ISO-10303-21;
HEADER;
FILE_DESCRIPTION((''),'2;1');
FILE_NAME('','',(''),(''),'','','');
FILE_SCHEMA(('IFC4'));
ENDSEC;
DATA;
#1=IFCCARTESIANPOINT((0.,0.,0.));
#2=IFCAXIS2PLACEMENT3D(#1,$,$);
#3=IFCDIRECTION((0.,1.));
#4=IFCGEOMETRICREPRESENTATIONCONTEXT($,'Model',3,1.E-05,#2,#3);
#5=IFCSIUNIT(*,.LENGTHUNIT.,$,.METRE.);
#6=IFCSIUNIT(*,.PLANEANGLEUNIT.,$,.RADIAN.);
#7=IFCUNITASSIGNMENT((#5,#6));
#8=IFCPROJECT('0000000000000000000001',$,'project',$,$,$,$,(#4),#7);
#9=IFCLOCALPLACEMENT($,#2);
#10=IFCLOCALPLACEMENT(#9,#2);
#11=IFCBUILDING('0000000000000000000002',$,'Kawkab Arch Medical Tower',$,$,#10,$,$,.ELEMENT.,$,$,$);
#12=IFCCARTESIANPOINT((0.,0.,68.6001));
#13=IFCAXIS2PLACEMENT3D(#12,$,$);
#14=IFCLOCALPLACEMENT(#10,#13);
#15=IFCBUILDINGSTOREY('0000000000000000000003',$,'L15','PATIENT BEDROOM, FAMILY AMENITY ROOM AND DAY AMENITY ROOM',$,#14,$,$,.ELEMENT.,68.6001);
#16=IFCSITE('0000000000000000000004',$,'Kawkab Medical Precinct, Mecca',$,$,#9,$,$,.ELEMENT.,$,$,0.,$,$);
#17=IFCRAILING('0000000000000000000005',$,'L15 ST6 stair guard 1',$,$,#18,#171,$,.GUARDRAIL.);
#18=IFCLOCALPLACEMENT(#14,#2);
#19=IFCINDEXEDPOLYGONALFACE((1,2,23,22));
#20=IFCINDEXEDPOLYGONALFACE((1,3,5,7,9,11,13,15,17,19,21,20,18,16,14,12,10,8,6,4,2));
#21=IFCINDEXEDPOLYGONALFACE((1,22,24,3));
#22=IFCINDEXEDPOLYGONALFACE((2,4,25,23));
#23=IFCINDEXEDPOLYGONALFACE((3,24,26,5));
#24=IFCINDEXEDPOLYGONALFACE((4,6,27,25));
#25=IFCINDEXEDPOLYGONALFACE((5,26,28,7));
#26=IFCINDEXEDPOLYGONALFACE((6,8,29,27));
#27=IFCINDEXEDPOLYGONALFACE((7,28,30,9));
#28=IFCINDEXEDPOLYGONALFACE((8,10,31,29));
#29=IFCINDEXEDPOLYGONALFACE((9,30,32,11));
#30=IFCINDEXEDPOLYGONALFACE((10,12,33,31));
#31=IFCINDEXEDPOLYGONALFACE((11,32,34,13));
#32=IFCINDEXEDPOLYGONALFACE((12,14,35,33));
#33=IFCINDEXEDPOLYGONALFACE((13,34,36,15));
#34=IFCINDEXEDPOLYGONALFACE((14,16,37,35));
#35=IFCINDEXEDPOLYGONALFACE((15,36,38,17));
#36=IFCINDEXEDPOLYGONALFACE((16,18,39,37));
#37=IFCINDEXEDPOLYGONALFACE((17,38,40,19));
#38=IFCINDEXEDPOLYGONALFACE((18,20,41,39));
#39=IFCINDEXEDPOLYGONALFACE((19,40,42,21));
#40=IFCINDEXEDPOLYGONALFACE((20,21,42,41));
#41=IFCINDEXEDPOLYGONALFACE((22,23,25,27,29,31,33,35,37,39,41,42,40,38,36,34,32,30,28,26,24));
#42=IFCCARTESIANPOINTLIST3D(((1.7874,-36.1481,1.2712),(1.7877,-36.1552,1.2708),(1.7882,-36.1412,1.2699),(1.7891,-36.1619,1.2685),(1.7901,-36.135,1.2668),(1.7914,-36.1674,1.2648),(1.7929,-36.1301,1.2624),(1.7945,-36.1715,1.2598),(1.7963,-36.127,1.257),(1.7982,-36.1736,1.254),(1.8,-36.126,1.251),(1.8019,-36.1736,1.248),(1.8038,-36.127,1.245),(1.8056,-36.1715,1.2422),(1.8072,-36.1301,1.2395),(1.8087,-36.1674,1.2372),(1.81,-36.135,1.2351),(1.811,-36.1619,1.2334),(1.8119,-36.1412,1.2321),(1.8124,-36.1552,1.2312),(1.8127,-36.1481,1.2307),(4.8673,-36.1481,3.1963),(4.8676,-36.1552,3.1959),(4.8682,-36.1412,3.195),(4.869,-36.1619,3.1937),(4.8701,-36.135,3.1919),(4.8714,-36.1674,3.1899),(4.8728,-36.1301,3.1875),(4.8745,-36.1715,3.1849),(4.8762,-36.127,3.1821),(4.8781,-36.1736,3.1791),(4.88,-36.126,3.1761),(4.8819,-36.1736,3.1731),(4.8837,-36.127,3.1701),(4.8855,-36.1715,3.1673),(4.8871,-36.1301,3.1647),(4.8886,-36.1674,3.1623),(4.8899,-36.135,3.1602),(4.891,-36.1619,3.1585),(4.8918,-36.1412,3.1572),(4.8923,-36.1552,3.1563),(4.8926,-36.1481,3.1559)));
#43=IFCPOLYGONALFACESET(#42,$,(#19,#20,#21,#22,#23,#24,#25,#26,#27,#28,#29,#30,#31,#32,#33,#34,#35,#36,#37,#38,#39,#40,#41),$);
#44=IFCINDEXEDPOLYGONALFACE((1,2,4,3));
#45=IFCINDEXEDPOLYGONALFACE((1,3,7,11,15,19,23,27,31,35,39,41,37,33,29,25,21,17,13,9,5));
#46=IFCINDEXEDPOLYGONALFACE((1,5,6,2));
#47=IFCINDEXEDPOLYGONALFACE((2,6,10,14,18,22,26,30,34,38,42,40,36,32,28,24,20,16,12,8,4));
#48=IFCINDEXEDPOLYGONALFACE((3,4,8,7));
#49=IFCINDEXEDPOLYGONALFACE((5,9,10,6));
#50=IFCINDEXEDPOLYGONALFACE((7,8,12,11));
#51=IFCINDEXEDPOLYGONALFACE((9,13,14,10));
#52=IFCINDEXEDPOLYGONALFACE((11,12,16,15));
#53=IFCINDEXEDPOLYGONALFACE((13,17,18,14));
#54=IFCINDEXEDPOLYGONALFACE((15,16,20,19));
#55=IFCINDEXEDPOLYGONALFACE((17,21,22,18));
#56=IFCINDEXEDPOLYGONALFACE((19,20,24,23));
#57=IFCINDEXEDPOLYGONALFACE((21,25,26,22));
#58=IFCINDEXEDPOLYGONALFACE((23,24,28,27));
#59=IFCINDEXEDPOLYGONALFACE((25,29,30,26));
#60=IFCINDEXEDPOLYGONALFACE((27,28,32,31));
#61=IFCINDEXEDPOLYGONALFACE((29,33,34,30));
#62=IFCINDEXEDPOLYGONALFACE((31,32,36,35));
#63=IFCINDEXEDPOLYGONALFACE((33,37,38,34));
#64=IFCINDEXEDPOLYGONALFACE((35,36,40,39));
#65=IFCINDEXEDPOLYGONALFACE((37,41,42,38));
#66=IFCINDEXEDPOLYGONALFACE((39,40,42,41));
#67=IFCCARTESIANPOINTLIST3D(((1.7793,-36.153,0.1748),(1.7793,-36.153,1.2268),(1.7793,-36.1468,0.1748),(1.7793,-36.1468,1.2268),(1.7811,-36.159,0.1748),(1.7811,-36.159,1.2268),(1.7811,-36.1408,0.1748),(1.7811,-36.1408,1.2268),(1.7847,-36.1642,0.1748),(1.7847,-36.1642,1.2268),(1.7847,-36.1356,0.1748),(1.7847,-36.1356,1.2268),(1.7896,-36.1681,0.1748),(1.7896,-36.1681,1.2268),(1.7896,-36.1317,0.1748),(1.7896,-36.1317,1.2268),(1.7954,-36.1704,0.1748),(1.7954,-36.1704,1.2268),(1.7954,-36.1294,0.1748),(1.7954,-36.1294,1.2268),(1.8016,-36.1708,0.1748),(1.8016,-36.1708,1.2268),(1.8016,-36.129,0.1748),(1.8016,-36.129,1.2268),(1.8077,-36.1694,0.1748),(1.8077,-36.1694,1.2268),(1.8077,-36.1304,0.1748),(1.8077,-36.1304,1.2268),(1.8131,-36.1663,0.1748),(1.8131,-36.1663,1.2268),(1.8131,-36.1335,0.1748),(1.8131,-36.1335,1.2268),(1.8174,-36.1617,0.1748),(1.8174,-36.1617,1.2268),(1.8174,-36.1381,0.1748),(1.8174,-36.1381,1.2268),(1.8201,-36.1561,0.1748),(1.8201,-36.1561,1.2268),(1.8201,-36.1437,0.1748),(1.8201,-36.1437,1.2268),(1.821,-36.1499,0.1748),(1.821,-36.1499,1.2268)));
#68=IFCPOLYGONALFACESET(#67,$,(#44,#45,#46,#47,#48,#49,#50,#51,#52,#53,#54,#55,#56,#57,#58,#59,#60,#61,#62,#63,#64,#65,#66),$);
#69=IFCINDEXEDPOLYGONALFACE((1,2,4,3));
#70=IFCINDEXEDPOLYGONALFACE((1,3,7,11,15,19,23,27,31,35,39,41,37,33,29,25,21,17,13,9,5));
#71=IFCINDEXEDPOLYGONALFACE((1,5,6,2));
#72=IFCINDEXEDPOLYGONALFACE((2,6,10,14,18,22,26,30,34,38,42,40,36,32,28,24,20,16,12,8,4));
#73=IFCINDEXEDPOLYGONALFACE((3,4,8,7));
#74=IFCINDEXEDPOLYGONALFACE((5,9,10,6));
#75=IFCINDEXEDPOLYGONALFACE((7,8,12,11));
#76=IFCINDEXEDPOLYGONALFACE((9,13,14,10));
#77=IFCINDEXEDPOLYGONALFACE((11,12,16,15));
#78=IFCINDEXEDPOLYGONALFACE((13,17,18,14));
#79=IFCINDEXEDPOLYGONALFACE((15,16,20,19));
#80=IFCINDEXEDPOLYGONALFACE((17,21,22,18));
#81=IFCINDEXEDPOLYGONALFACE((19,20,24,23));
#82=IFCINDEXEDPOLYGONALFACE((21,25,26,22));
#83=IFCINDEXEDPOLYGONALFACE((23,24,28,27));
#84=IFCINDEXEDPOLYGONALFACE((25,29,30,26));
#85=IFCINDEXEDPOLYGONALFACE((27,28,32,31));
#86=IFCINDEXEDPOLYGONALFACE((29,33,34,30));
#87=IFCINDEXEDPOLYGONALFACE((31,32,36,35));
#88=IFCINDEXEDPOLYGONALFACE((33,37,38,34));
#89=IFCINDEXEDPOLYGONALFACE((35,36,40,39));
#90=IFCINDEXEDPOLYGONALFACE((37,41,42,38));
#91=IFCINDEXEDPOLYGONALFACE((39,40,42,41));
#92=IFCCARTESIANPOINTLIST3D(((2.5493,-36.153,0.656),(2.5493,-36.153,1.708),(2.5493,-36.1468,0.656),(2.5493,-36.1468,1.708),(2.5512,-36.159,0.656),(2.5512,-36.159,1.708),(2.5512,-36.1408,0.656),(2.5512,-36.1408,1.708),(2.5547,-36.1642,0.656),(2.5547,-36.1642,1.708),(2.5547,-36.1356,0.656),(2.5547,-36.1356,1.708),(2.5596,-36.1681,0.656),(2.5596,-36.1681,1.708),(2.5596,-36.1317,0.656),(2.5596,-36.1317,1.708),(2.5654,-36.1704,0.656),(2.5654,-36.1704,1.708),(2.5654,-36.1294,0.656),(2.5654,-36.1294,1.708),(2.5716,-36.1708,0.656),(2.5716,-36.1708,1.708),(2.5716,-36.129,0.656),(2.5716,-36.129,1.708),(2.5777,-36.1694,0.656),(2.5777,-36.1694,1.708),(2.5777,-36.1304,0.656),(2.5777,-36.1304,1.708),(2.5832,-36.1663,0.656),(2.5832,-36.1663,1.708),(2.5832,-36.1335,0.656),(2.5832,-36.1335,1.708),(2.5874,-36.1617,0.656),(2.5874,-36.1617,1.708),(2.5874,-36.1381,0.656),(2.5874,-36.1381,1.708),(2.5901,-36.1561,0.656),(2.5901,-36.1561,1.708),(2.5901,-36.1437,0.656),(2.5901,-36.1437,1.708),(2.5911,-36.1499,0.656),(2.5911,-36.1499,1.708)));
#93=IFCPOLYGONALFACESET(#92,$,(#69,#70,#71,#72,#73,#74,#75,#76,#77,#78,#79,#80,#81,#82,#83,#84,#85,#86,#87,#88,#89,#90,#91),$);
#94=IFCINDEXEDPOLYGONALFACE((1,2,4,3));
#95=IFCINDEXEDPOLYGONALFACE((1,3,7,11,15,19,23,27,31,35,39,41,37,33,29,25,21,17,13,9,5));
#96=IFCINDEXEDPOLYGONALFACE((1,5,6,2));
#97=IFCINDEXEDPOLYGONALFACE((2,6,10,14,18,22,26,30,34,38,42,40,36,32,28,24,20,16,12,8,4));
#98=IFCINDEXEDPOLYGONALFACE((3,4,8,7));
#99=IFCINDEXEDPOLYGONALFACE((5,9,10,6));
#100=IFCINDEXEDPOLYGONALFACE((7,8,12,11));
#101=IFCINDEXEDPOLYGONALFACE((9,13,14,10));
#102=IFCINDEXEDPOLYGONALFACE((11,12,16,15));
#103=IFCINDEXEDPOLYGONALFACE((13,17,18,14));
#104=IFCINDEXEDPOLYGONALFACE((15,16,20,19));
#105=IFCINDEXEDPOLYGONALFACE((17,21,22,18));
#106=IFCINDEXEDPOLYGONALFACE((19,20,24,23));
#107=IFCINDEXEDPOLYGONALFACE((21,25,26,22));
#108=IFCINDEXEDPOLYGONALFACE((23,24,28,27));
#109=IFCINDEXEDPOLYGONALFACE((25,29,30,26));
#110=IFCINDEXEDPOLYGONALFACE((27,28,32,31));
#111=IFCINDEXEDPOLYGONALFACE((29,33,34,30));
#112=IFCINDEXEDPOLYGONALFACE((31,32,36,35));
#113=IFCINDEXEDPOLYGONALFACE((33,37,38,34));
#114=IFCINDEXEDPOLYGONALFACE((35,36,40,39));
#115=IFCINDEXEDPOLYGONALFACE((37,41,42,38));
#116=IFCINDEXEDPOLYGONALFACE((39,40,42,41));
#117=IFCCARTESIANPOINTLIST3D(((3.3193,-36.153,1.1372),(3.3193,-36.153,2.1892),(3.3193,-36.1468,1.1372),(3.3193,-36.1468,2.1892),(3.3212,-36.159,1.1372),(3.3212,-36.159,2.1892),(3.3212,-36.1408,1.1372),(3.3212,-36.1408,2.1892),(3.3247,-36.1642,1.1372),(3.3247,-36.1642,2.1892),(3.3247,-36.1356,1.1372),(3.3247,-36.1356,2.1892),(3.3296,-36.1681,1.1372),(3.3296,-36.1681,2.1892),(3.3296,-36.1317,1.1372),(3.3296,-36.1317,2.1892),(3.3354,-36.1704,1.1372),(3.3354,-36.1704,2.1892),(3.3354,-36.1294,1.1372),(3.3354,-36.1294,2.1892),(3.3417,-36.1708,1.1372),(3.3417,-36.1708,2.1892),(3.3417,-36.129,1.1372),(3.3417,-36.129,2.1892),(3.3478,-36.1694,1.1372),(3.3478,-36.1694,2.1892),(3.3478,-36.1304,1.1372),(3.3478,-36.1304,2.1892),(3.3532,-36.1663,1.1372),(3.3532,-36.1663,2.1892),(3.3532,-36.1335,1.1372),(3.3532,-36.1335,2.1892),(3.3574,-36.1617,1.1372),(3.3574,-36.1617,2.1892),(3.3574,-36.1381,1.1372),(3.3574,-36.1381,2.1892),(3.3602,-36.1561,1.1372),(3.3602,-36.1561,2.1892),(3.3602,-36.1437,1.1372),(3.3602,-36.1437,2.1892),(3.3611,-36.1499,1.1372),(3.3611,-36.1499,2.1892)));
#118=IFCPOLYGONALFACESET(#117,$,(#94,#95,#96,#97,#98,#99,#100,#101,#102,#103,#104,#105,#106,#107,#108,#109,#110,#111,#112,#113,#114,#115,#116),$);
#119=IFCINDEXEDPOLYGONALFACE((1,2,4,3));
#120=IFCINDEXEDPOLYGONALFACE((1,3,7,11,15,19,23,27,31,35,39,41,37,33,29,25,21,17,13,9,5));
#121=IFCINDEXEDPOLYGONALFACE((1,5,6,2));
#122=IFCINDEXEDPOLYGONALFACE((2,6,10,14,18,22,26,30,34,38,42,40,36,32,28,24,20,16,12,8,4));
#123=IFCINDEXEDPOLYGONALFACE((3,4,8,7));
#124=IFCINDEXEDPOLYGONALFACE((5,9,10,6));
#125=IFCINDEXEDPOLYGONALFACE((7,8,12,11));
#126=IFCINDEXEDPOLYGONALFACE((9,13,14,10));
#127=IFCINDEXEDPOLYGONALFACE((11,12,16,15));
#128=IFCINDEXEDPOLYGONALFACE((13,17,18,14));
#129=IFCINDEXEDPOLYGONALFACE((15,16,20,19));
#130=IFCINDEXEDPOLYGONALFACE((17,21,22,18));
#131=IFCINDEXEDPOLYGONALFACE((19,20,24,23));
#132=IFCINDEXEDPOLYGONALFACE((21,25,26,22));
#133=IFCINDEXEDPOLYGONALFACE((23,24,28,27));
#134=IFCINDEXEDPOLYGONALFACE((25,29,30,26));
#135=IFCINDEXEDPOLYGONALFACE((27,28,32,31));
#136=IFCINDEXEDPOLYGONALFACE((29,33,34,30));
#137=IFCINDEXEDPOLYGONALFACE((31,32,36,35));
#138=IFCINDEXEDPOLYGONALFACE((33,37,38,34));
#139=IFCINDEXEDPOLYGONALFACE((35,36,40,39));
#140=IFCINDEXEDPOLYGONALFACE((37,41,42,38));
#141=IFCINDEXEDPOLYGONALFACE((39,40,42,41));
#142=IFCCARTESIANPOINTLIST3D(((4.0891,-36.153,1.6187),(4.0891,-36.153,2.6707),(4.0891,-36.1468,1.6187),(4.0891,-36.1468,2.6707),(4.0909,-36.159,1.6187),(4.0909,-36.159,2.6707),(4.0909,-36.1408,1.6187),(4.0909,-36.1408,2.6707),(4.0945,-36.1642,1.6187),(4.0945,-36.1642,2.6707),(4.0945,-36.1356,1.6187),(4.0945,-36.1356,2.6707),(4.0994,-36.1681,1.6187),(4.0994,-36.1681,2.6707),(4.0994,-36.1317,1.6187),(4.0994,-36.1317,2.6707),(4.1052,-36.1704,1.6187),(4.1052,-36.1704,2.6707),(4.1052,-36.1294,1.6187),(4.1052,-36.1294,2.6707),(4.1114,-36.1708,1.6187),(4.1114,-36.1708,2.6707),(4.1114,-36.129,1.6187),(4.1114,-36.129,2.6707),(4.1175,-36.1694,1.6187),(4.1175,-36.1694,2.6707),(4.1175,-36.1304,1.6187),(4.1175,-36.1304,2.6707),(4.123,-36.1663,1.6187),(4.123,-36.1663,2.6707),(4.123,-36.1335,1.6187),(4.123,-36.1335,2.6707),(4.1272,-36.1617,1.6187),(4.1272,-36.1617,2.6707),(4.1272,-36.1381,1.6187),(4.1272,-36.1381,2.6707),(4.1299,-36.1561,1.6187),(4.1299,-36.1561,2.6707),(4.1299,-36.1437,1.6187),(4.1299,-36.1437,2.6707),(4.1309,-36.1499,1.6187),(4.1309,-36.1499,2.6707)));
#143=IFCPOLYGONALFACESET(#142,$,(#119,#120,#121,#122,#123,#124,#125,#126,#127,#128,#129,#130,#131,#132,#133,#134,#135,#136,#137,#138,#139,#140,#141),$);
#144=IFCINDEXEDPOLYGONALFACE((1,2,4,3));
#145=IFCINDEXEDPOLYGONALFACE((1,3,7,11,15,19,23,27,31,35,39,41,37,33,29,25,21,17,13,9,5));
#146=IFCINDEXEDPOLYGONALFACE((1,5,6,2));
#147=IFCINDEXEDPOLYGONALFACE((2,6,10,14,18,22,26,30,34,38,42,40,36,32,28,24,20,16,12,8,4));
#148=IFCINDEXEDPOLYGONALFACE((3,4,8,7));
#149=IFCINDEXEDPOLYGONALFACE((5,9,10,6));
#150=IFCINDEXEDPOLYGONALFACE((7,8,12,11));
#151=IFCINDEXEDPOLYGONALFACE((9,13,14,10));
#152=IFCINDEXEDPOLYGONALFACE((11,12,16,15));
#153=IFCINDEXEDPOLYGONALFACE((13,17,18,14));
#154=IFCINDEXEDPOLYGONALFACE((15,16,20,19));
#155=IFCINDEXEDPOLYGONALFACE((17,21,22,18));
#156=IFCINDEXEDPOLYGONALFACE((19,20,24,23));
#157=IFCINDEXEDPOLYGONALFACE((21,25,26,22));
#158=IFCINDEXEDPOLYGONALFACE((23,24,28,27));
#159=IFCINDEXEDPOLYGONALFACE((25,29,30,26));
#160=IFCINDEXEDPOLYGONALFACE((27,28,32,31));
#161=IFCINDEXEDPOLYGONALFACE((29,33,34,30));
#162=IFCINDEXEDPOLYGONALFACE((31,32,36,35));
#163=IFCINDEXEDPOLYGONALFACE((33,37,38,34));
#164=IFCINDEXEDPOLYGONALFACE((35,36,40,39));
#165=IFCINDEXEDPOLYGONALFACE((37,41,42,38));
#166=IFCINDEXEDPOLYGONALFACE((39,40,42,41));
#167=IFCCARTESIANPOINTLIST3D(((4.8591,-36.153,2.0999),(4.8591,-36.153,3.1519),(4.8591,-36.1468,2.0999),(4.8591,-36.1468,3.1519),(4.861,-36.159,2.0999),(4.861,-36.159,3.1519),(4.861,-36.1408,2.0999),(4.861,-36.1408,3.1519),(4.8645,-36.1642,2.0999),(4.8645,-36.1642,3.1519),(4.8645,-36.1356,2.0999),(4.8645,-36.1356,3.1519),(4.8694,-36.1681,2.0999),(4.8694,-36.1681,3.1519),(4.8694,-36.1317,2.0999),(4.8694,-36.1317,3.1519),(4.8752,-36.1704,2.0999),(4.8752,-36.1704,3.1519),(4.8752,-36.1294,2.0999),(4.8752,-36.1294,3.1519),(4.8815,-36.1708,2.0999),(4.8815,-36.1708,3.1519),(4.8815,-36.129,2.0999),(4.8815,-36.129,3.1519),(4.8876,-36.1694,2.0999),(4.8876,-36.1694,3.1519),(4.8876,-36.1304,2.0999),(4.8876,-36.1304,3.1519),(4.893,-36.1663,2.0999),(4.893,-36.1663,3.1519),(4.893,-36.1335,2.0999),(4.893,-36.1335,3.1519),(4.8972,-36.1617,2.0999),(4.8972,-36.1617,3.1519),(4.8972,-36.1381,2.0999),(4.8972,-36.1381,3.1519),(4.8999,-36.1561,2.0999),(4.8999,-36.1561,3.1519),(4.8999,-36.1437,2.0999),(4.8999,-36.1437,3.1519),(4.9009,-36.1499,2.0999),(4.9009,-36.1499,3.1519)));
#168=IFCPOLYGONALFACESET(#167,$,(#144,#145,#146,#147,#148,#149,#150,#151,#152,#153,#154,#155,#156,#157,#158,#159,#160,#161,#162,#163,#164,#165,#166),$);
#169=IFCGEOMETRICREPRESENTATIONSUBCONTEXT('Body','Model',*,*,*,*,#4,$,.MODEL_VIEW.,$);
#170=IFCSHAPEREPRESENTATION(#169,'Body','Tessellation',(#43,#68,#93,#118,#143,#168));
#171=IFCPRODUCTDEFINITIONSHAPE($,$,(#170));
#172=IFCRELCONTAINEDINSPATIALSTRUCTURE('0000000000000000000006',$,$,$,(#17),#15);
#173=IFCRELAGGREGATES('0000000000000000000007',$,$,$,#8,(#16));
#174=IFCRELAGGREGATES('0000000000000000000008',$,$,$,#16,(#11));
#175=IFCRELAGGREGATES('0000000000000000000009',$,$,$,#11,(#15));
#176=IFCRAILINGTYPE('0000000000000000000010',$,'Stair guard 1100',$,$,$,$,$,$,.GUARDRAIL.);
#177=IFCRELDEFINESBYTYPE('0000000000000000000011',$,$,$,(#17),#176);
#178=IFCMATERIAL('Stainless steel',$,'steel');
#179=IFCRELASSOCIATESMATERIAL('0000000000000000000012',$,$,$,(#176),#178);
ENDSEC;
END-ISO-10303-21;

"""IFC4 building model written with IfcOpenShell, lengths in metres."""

from ifc_helpers import new_model, si_unit, direction, frame, origin, origin_2d, place, context, subcontext, project, spatial, circle, extrude, material, type_object, element, save


model = new_model("IFC4")

# Units and contexts
model_context = context("Model", 3, precision=1e-05, world=origin(), true_north=direction((0.0, 1.0)))
body_context = subcontext(model_context, "Body", "Model", "MODEL_VIEW")
ifc_project = project(units=[si_unit("LENGTHUNIT", "METRE"), si_unit("PLANEANGLEUNIT", "RADIAN")], contexts=[model_context])

# Site, building, storey
site_placement = place(None, origin())
site = spatial("IfcSite", under=ifc_project, at=site_placement, Name="Kawkab Medical Precinct, Mecca", CompositionType="ELEMENT", RefElevation=0.0)
building_placement = place(site_placement, origin())
building = spatial("IfcBuilding", under=site, at=building_placement, Name="Kawkab Arch Medical Tower", CompositionType="ELEMENT")
storey_placement = place(building_placement, frame((0.0, 0.0, 68.6001)))
storey = spatial("IfcBuildingStorey", under=building, at=storey_placement, Name="L15", Description="PATIENT BEDROOM, FAMILY AMENITY ROOM AND DAY AMENITY ROOM", CompositionType="ELEMENT", Elevation=68.6001)

# Railing
ifc_material_1 = material(Name="Stainless steel", Category="steel")
railing_type = type_object("IfcRailingType", Name="Stair guard 1100", PredefinedType="GUARDRAIL", material=ifc_material_1)
railing_1_placement = place(storey_placement, frame((1.8, -36.1499, 0.1748)))
element("IfcRailing", 1, at=railing_1_placement, inside=storey, type_object=railing_type, Name="L15 ST6 stair guard 1", PredefinedType="GUARDRAIL", context=body_context, shape_type="SweptSolid", body=[
    extrude(circle(Radius=0.0239, at=origin_2d()), frame((0.0, 0.0, 1.0762), z_axis=(0.847979, 0.0, 0.530029), x_axis=(0.0, 1.0, 0.0)), (0.0, 0.0, 1.0), 3.6321),
    extrude(circle(Radius=0.021, at=origin_2d()), origin(), (0.0, 0.0, 1.0), 1.052),
    extrude(circle(Radius=0.021, at=origin_2d()), frame((0.77, 0.0, 0.4812)), (0.0, 0.0, 1.0), 1.052),
    extrude(circle(Radius=0.021, at=origin_2d()), frame((1.54, 0.0, 0.9624)), (0.0, 0.0, 1.0), 1.052),
    extrude(circle(Radius=0.021, at=origin_2d()), frame((2.3098, 0.0, 1.4438)), (0.0, 0.0, 1.0), 1.052),
    extrude(circle(Radius=0.021, at=origin_2d()), frame((3.0798, 0.0, 1.925)), (0.0, 0.0, 1.0), 1.052),
])

save(model, "model.ifc")
